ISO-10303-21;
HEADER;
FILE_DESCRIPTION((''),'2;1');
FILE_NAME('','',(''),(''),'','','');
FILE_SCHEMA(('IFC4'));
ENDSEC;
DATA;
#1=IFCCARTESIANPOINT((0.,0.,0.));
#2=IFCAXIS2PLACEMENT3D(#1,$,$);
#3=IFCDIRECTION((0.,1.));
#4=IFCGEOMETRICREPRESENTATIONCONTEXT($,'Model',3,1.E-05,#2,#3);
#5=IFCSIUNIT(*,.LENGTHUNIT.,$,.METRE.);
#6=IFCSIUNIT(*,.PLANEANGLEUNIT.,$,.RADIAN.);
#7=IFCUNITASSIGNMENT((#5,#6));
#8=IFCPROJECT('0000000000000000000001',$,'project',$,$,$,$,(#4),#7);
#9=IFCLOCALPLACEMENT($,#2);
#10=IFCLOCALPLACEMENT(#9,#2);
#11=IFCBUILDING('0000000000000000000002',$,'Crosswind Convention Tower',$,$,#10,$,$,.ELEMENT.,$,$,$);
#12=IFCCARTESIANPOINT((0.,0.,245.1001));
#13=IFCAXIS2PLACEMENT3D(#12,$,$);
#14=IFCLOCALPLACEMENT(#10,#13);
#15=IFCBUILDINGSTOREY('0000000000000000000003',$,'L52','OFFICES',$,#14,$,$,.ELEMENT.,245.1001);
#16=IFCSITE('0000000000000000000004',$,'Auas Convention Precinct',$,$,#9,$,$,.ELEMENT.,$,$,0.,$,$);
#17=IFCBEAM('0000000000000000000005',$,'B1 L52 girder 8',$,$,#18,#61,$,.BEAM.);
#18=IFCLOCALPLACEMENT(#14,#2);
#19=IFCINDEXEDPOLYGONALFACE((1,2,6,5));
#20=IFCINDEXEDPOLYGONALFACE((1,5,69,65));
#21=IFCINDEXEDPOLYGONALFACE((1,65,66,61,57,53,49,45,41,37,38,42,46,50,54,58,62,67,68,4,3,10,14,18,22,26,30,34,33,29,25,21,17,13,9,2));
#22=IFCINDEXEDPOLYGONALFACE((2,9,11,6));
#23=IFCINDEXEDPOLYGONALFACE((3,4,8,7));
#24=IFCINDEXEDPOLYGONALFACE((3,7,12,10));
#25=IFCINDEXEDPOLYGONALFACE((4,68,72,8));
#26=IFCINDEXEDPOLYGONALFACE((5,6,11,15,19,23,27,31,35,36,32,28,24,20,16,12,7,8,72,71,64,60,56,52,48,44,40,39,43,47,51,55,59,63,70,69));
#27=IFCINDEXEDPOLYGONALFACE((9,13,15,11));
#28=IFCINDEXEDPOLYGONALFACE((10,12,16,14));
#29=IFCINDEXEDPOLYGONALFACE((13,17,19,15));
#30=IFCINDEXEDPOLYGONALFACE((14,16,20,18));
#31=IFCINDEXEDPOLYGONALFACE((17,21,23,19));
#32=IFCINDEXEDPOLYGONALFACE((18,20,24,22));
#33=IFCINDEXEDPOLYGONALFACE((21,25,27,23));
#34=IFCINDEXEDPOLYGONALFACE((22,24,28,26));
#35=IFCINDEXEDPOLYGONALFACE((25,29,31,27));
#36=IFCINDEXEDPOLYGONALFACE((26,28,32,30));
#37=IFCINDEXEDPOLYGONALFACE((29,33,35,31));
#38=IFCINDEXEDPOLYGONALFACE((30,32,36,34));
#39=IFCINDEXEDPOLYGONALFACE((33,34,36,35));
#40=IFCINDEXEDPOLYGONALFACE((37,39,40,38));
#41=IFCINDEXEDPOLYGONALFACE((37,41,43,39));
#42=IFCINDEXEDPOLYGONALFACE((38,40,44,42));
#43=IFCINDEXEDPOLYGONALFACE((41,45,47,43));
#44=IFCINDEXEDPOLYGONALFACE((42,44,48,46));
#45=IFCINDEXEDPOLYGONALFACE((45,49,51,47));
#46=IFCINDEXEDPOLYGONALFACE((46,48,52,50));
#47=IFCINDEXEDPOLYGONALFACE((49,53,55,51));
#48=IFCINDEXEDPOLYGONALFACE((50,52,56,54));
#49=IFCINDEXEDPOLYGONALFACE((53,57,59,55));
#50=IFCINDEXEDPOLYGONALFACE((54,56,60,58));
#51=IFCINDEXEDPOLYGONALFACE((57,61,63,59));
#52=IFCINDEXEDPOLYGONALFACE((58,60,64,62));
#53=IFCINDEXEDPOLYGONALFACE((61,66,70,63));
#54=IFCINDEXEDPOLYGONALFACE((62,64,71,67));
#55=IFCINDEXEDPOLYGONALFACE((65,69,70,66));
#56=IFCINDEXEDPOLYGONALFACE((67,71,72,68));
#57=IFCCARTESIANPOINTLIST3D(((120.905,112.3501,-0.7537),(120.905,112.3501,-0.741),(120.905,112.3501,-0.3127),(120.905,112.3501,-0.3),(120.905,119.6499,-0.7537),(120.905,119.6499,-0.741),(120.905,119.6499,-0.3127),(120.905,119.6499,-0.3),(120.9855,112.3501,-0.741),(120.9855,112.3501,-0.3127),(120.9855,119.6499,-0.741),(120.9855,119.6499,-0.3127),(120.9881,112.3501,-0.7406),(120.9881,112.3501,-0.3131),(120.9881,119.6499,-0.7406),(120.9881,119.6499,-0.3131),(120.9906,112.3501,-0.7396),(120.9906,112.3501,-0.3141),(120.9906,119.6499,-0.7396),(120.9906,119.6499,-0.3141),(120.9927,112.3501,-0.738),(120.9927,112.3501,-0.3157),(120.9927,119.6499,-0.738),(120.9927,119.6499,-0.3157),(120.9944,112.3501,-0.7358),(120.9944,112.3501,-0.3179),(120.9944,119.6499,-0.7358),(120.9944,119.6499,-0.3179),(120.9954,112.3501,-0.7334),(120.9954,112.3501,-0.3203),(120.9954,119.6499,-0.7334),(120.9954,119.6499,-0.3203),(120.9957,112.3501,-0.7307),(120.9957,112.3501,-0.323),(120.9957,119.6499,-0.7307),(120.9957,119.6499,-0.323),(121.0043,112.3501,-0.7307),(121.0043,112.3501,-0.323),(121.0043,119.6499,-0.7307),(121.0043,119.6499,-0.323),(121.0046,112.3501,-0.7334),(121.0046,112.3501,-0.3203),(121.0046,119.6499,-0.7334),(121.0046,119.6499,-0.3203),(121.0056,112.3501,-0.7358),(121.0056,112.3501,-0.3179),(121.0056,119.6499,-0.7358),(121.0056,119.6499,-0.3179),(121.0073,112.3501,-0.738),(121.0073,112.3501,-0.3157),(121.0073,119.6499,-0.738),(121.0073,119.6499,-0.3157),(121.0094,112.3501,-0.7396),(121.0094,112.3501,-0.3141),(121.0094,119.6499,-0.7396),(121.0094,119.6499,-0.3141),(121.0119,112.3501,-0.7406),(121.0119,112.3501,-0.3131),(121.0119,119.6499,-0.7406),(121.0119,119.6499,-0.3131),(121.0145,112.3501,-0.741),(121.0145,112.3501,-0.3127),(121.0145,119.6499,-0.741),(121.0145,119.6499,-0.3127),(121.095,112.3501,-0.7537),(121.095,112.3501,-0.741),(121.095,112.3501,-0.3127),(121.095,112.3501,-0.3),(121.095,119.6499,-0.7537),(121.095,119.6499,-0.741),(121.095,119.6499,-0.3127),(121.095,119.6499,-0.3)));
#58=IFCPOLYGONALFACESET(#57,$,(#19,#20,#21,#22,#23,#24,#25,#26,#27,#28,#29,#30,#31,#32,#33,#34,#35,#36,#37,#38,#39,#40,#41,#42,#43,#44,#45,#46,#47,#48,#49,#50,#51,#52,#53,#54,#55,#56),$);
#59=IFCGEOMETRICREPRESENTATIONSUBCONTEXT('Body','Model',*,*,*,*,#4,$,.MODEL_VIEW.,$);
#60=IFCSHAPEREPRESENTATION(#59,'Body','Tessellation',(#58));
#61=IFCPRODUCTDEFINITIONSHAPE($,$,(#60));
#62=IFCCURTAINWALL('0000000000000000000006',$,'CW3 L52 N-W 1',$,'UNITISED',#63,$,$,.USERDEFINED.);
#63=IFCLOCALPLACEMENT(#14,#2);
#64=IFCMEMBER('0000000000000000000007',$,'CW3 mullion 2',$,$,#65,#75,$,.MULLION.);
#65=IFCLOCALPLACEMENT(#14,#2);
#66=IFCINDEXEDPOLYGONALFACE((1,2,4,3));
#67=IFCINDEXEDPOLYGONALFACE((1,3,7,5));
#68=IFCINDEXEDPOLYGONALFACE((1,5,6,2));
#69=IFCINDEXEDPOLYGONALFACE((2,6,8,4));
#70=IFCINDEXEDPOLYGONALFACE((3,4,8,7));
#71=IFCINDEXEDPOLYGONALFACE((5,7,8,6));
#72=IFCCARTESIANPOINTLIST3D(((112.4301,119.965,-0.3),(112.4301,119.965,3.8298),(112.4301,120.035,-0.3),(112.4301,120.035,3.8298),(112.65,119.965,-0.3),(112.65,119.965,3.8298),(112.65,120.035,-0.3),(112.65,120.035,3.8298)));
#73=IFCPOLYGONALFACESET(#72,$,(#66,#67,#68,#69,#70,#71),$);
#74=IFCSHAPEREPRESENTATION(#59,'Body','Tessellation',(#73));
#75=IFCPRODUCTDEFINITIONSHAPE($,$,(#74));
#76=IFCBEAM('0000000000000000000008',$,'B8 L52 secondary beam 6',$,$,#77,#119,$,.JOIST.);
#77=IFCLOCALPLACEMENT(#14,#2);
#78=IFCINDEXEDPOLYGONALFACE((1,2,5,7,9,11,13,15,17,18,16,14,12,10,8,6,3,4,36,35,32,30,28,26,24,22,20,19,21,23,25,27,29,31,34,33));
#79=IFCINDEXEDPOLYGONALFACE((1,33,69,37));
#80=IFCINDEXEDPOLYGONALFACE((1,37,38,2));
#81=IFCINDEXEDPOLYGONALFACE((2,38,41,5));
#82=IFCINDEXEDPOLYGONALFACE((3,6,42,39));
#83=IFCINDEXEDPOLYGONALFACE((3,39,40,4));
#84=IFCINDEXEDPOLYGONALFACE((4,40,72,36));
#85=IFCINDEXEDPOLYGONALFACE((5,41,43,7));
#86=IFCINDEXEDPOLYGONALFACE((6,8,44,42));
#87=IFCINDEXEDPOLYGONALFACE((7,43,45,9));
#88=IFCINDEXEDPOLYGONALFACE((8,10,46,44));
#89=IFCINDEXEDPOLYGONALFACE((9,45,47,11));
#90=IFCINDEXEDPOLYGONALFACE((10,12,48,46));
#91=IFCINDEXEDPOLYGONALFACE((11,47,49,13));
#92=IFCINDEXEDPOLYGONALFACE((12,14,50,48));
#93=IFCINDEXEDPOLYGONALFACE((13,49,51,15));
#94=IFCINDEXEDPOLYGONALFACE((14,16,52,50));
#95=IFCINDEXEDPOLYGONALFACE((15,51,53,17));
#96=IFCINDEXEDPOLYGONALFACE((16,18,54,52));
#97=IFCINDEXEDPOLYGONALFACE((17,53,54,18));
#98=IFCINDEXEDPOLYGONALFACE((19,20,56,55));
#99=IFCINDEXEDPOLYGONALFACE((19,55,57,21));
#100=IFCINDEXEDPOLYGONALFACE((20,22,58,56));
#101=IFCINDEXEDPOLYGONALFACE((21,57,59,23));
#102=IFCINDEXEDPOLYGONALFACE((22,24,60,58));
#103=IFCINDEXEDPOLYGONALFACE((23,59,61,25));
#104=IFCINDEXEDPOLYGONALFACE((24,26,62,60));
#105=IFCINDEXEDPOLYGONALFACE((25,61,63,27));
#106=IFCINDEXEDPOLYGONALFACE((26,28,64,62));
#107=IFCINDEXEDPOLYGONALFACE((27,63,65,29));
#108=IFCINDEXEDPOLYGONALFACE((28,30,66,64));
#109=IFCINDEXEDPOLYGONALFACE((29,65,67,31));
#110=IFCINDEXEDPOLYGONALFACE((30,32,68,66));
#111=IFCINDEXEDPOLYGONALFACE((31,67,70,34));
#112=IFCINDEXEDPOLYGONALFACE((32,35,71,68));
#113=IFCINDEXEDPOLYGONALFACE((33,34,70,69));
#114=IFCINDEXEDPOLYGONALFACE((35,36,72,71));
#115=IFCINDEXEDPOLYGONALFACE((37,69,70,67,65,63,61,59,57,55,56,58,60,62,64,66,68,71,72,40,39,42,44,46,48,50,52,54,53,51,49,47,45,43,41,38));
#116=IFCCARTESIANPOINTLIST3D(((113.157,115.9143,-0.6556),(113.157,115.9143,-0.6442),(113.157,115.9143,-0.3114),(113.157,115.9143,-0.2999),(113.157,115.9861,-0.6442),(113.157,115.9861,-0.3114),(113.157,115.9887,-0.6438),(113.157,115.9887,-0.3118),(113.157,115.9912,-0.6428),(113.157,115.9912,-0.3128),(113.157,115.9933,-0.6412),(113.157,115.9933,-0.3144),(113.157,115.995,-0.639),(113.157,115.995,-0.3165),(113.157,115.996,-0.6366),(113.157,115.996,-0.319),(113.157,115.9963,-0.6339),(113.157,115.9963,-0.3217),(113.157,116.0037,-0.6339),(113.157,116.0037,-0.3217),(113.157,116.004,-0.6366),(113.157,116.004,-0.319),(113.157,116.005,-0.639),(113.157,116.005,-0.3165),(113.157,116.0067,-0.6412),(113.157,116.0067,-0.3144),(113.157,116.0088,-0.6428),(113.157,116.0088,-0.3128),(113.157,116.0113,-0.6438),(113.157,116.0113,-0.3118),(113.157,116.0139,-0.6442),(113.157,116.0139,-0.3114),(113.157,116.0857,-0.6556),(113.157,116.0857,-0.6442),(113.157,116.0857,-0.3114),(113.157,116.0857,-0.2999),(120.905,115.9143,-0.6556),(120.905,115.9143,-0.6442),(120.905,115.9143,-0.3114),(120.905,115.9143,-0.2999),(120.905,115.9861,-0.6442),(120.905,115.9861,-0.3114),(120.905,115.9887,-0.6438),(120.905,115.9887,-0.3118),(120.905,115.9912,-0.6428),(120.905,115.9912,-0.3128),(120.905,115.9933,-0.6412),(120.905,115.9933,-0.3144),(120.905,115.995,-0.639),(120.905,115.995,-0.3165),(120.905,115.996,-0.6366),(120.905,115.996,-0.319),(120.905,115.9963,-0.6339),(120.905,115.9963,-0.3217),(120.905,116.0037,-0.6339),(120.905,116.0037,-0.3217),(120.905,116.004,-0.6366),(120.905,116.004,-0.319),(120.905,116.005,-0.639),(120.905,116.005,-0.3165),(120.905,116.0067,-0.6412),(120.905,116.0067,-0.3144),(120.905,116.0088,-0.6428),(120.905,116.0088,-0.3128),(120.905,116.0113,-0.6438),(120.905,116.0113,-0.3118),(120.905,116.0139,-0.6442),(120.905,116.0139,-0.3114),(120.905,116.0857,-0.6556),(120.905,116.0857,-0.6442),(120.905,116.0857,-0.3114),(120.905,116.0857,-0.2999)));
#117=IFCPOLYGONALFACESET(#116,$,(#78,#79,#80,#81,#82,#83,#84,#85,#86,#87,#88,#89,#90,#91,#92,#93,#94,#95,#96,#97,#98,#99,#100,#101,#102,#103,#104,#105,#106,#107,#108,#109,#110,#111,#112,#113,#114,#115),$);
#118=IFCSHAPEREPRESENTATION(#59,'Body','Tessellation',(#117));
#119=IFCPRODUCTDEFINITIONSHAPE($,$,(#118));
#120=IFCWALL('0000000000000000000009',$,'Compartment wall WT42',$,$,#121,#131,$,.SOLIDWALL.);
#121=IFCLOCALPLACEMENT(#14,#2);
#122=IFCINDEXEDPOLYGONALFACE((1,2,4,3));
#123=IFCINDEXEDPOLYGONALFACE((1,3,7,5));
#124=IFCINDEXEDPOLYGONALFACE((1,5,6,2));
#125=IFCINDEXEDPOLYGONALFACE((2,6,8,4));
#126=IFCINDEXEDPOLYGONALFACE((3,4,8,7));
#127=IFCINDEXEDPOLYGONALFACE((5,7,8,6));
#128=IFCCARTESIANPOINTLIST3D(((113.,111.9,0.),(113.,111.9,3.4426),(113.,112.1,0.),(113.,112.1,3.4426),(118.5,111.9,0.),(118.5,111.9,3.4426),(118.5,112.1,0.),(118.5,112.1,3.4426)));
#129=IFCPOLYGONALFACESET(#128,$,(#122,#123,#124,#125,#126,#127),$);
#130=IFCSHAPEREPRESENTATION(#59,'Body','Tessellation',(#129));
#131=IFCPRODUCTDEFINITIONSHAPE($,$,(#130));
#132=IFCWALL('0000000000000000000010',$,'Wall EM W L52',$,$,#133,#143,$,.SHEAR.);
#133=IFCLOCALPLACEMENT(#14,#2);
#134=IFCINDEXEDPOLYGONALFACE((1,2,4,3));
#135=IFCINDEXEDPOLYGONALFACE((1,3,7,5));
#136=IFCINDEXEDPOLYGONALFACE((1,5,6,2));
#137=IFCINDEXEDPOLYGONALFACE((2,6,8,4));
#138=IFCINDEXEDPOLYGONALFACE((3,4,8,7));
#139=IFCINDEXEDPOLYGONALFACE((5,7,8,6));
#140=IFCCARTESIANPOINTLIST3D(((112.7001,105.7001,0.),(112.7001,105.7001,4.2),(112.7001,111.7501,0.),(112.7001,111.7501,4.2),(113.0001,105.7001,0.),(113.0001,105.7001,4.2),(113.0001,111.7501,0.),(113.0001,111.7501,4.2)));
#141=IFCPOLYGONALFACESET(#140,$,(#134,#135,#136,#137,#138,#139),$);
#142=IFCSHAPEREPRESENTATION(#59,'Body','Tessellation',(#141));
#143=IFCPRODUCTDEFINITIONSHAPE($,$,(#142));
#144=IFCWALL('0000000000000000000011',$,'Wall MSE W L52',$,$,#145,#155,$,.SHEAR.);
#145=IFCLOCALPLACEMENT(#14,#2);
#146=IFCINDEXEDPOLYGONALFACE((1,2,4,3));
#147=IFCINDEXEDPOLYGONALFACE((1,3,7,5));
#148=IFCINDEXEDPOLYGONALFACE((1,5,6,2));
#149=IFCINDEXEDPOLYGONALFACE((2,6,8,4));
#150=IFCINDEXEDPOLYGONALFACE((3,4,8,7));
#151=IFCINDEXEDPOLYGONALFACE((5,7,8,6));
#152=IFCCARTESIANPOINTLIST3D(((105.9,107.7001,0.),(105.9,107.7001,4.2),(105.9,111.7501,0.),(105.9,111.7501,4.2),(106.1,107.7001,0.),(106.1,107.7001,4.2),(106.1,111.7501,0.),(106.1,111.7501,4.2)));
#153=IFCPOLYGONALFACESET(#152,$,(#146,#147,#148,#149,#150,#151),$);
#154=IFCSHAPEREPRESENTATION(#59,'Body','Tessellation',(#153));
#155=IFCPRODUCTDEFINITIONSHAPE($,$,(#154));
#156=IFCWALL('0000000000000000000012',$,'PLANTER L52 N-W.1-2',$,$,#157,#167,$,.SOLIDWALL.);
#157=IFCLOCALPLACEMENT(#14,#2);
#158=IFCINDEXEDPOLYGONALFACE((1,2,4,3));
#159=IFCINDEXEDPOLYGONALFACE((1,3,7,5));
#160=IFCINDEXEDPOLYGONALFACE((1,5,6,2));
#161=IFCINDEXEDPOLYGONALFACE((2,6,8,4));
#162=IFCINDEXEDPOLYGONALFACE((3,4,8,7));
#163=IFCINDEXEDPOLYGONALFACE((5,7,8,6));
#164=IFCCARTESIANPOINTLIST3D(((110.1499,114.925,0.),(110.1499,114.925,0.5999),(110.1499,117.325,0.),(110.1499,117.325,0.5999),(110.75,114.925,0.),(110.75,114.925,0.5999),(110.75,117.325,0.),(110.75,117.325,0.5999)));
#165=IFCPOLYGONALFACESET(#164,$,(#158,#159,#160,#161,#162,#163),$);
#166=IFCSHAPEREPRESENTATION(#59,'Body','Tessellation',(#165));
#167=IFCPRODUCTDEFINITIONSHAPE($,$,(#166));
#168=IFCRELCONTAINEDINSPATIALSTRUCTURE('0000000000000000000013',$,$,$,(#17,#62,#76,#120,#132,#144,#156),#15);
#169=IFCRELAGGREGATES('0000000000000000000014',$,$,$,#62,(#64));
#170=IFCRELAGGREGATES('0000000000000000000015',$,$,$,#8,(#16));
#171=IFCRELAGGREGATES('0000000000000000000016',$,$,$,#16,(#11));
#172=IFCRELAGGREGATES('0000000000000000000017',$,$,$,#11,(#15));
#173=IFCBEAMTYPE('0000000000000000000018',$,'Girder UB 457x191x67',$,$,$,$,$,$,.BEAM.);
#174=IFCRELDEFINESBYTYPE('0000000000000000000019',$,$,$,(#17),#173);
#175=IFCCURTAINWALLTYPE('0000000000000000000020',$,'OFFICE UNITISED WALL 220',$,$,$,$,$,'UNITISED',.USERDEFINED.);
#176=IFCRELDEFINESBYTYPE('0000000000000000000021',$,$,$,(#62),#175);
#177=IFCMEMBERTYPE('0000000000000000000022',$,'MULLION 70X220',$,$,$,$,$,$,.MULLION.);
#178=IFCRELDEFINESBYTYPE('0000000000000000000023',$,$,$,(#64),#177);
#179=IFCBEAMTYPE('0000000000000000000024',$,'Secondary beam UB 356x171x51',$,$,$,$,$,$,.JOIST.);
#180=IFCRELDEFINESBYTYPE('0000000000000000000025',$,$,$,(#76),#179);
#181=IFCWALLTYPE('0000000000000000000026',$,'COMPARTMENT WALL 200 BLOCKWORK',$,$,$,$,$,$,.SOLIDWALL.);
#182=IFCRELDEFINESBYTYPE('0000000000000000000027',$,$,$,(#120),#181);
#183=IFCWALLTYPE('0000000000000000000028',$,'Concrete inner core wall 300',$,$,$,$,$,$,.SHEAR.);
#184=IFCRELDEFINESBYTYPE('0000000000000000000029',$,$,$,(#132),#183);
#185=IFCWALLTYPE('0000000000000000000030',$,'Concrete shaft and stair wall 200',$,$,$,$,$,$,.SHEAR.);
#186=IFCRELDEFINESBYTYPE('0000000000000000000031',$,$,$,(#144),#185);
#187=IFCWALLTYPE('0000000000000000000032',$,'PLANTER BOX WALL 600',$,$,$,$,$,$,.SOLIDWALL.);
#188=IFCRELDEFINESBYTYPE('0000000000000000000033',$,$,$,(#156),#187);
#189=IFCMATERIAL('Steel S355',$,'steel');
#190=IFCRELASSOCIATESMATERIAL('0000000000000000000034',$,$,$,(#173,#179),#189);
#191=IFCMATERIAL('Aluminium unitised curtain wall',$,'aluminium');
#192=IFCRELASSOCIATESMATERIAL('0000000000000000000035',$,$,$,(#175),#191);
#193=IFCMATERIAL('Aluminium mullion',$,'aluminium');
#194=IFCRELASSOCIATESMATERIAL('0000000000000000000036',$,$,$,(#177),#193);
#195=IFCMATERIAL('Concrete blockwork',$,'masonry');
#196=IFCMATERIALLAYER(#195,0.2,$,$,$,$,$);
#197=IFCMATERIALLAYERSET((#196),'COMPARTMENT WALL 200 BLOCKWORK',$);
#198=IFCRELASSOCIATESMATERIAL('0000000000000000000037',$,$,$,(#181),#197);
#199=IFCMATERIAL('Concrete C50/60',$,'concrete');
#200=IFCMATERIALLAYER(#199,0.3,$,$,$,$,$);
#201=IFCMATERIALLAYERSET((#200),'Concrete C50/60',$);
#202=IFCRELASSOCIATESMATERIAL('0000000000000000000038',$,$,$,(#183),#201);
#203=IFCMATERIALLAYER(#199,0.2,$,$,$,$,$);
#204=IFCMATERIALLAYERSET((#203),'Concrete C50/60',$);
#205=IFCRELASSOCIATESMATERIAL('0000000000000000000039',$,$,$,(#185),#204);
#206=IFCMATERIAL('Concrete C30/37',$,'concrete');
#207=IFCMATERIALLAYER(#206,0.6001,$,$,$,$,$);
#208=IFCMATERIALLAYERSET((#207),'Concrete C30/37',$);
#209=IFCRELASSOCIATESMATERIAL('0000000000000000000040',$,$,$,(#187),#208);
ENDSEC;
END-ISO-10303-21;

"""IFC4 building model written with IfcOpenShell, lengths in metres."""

from ifc_helpers import new_model, si_unit, direction, frame, frame_2d, origin, origin_2d, place, context, subcontext, project, spatial, rectangle, i_section, extrude, material, layer, layer_set, material_profile, profile_set, type_object, element, aggregate, save


model = new_model("IFC4")

# Units and contexts
model_context = context("Model", 3, precision=1e-05, world=origin(), true_north=direction((0.0, 1.0)))
body_context = subcontext(model_context, "Body", "Model", "MODEL_VIEW")
ifc_project = project(units=[si_unit("LENGTHUNIT", "METRE"), si_unit("PLANEANGLEUNIT", "RADIAN")], contexts=[model_context])

# Site, building, storey
site_placement = place(None, origin())
site = spatial("IfcSite", under=ifc_project, at=site_placement, Name="Auas Convention Precinct", CompositionType="ELEMENT", RefElevation=0.0)
building_placement = place(site_placement, origin())
building = spatial("IfcBuilding", under=site, at=building_placement, Name="Crosswind Convention Tower", CompositionType="ELEMENT")
storey_placement = place(building_placement, frame((0.0, 0.0, 245.1001)))
storey = spatial("IfcBuildingStorey", under=building, at=storey_placement, Name="L52", Description="OFFICES", CompositionType="ELEMENT", Elevation=245.1001)

# Beam
ifc_material_1 = material(Name="Steel S355", Category="steel")
ifc_material_profile_1 = material_profile(ifc_material_1, i_section(OverallWidth=0.1899, OverallDepth=0.4536, WebThickness=0.0085, FlangeThickness=0.0127, FilletRadius=0.0103, at=origin_2d()), Name="UB 457x191x67")
ifc_profile_set_1 = profile_set([ifc_material_profile_1], Name="Steel S355")
beam_type_1 = type_object("IfcBeamType", Name="Girder UB 457x191x67", PredefinedType="BEAM", material=ifc_profile_set_1)
beam_1_placement = place(storey_placement, frame((121.0, 112.3501, -0.5269), z_axis=(0.0, 1.0, 0.0), x_axis=(-1.0, 0.0, 0.0)))
element("IfcBeam", 1, at=beam_1_placement, inside=storey, type_object=beam_type_1, Name="B1 L52 girder 8", PredefinedType="BEAM", context=body_context, shape_type="SweptSolid", body=[
    extrude(i_section(OverallWidth=0.1899, OverallDepth=0.4536, WebThickness=0.0085, FlangeThickness=0.0127, FilletRadius=0.0103, at=origin_2d()), origin(), (0.0, 0.0, 1.0), 7.2998),
])

# Curtain wall, member
ifc_material_2 = material(Name="Aluminium unitised curtain wall", Category="aluminium")
curtain_wall_type = type_object("IfcCurtainWallType", Name="OFFICE UNITISED WALL 220", ElementType="UNITISED", PredefinedType="USERDEFINED", material=ifc_material_2)
curtain_wall_placement = place(storey_placement, origin())
curtain_wall = element("IfcCurtainWall", 2, at=curtain_wall_placement, inside=storey, type_object=curtain_wall_type, Name="CW3 L52 N-W 1", ObjectType="UNITISED", PredefinedType="USERDEFINED")
ifc_material_3 = material(Name="Aluminium mullion", Category="aluminium")
ifc_material_profile_2 = material_profile(ifc_material_3, rectangle(XDim=0.22, YDim=0.0701, at=origin_2d()), Name="AL 220X70")
ifc_profile_set_2 = profile_set([ifc_material_profile_2], Name="Aluminium mullion")
member_type = type_object("IfcMemberType", Name="MULLION 70X220", PredefinedType="MULLION", material=ifc_profile_set_2)
member_placement = place(storey_placement, frame((112.54, 120.0, -0.3), z_axis=(0.0, 0.0, 1.0), x_axis=(-1.0, 0.0, 0.0)))
member = element("IfcMember", 3, at=member_placement, type_object=member_type, Name="CW3 mullion 2", PredefinedType="MULLION", context=body_context, shape_type="SweptSolid", body=[
    extrude(rectangle(XDim=0.22, YDim=0.0701, at=origin_2d()), origin(), (0.0, 0.0, 1.0), 4.1299),
])
aggregate(curtain_wall, [member])

# Beam
ifc_material_profile_3 = material_profile(ifc_material_1, i_section(OverallWidth=0.1714, OverallDepth=0.3557, WebThickness=0.0073, FlangeThickness=0.0115, FilletRadius=0.0103, at=origin_2d()), Name="UB 356x171x51")
ifc_profile_set_3 = profile_set([ifc_material_profile_3], Name="Steel S355")
beam_type_2 = type_object("IfcBeamType", Name="Secondary beam UB 356x171x51", PredefinedType="JOIST", material=ifc_profile_set_3)
beam_2_placement = place(storey_placement, frame((113.157, 116.0, -0.4778), z_axis=(1.0, 0.0, 0.0), x_axis=(0.0, 1.0, 0.0)))
element("IfcBeam", 4, at=beam_2_placement, inside=storey, type_object=beam_type_2, Name="B8 L52 secondary beam 6", PredefinedType="JOIST", context=body_context, shape_type="SweptSolid", body=[
    extrude(i_section(OverallWidth=0.1714, OverallDepth=0.3557, WebThickness=0.0073, FlangeThickness=0.0115, FilletRadius=0.0103, at=origin_2d()), origin(), (0.0, 0.0, 1.0), 7.748),
])

# Walls
ifc_material_4 = material(Name="Concrete blockwork", Category="masonry")
ifc_layer_1 = layer(ifc_material_4, 0.2)
ifc_layer_set_1 = layer_set([ifc_layer_1], Name="COMPARTMENT WALL 200 BLOCKWORK")
wall_type_1 = type_object("IfcWallType", Name="COMPARTMENT WALL 200 BLOCKWORK", PredefinedType="SOLIDWALL", material=ifc_layer_set_1)
wall_1_placement = place(storey_placement, frame((113.0, 112.0, 0.0), z_axis=(0.0, 0.0, 1.0), x_axis=(1.0, 0.0, 0.0)))
element("IfcWall", 5, at=wall_1_placement, inside=storey, type_object=wall_type_1, Name="Compartment wall WT42", PredefinedType="SOLIDWALL", context=body_context, shape_type="SweptSolid", body=[
    extrude(rectangle(XDim=5.5, YDim=0.2, at=frame_2d((2.75, 0.0))), origin(), (0.0, 0.0, 1.0), 3.4426),
])
ifc_material_5 = material(Name="Concrete C50/60", Category="concrete")
ifc_layer_2 = layer(ifc_material_5, 0.3)
ifc_layer_set_2 = layer_set([ifc_layer_2], Name="Concrete C50/60")
wall_type_2 = type_object("IfcWallType", Name="Concrete inner core wall 300", PredefinedType="SHEAR", material=ifc_layer_set_2)
wall_2_placement = place(storey_placement, frame((112.8501, 111.75, 0.0), z_axis=(0.0, 0.0, 1.0), x_axis=(0.0, -1.0, 0.0)))
element("IfcWall", 6, at=wall_2_placement, inside=storey, type_object=wall_type_2, Name="Wall EM W L52", PredefinedType="SHEAR", context=body_context, shape_type="SweptSolid", body=[
    extrude(rectangle(XDim=6.05, YDim=0.3, at=frame_2d((3.0249, 0.0))), origin(), (0.0, 0.0, 1.0), 4.2),
])
ifc_layer_3 = layer(ifc_material_5, 0.2)
ifc_layer_set_3 = layer_set([ifc_layer_3], Name="Concrete C50/60")
wall_type_3 = type_object("IfcWallType", Name="Concrete shaft and stair wall 200", PredefinedType="SHEAR", material=ifc_layer_set_3)
wall_3_placement = place(storey_placement, frame((106.0, 111.75, 0.0), z_axis=(0.0, 0.0, 1.0), x_axis=(0.0, -1.0, 0.0)))
element("IfcWall", 7, at=wall_3_placement, inside=storey, type_object=wall_type_3, Name="Wall MSE W L52", PredefinedType="SHEAR", context=body_context, shape_type="SweptSolid", body=[
    extrude(rectangle(XDim=4.05, YDim=0.2, at=frame_2d((2.0249, 0.0))), origin(), (0.0, 0.0, 1.0), 4.2),
])
ifc_material_6 = material(Name="Concrete C30/37", Category="concrete")
ifc_layer_4 = layer(ifc_material_6, 0.6001)
ifc_layer_set_4 = layer_set([ifc_layer_4], Name="Concrete C30/37")
wall_type_4 = type_object("IfcWallType", Name="PLANTER BOX WALL 600", PredefinedType="SOLIDWALL", material=ifc_layer_set_4)
wall_4_placement = place(storey_placement, frame((110.45, 117.325, 0.0), z_axis=(0.0, 0.0, 1.0), x_axis=(0.0, -1.0, 0.0)))
element("IfcWall", 8, at=wall_4_placement, inside=storey, type_object=wall_type_4, Name="PLANTER L52 N-W.1-2", PredefinedType="SOLIDWALL", context=body_context, shape_type="SweptSolid", body=[
    extrude(rectangle(XDim=2.3999, YDim=0.6001, at=frame_2d((1.2, 0.0))), origin(), (0.0, 0.0, 1.0), 0.5999),
])

save(model, "model.ifc")
